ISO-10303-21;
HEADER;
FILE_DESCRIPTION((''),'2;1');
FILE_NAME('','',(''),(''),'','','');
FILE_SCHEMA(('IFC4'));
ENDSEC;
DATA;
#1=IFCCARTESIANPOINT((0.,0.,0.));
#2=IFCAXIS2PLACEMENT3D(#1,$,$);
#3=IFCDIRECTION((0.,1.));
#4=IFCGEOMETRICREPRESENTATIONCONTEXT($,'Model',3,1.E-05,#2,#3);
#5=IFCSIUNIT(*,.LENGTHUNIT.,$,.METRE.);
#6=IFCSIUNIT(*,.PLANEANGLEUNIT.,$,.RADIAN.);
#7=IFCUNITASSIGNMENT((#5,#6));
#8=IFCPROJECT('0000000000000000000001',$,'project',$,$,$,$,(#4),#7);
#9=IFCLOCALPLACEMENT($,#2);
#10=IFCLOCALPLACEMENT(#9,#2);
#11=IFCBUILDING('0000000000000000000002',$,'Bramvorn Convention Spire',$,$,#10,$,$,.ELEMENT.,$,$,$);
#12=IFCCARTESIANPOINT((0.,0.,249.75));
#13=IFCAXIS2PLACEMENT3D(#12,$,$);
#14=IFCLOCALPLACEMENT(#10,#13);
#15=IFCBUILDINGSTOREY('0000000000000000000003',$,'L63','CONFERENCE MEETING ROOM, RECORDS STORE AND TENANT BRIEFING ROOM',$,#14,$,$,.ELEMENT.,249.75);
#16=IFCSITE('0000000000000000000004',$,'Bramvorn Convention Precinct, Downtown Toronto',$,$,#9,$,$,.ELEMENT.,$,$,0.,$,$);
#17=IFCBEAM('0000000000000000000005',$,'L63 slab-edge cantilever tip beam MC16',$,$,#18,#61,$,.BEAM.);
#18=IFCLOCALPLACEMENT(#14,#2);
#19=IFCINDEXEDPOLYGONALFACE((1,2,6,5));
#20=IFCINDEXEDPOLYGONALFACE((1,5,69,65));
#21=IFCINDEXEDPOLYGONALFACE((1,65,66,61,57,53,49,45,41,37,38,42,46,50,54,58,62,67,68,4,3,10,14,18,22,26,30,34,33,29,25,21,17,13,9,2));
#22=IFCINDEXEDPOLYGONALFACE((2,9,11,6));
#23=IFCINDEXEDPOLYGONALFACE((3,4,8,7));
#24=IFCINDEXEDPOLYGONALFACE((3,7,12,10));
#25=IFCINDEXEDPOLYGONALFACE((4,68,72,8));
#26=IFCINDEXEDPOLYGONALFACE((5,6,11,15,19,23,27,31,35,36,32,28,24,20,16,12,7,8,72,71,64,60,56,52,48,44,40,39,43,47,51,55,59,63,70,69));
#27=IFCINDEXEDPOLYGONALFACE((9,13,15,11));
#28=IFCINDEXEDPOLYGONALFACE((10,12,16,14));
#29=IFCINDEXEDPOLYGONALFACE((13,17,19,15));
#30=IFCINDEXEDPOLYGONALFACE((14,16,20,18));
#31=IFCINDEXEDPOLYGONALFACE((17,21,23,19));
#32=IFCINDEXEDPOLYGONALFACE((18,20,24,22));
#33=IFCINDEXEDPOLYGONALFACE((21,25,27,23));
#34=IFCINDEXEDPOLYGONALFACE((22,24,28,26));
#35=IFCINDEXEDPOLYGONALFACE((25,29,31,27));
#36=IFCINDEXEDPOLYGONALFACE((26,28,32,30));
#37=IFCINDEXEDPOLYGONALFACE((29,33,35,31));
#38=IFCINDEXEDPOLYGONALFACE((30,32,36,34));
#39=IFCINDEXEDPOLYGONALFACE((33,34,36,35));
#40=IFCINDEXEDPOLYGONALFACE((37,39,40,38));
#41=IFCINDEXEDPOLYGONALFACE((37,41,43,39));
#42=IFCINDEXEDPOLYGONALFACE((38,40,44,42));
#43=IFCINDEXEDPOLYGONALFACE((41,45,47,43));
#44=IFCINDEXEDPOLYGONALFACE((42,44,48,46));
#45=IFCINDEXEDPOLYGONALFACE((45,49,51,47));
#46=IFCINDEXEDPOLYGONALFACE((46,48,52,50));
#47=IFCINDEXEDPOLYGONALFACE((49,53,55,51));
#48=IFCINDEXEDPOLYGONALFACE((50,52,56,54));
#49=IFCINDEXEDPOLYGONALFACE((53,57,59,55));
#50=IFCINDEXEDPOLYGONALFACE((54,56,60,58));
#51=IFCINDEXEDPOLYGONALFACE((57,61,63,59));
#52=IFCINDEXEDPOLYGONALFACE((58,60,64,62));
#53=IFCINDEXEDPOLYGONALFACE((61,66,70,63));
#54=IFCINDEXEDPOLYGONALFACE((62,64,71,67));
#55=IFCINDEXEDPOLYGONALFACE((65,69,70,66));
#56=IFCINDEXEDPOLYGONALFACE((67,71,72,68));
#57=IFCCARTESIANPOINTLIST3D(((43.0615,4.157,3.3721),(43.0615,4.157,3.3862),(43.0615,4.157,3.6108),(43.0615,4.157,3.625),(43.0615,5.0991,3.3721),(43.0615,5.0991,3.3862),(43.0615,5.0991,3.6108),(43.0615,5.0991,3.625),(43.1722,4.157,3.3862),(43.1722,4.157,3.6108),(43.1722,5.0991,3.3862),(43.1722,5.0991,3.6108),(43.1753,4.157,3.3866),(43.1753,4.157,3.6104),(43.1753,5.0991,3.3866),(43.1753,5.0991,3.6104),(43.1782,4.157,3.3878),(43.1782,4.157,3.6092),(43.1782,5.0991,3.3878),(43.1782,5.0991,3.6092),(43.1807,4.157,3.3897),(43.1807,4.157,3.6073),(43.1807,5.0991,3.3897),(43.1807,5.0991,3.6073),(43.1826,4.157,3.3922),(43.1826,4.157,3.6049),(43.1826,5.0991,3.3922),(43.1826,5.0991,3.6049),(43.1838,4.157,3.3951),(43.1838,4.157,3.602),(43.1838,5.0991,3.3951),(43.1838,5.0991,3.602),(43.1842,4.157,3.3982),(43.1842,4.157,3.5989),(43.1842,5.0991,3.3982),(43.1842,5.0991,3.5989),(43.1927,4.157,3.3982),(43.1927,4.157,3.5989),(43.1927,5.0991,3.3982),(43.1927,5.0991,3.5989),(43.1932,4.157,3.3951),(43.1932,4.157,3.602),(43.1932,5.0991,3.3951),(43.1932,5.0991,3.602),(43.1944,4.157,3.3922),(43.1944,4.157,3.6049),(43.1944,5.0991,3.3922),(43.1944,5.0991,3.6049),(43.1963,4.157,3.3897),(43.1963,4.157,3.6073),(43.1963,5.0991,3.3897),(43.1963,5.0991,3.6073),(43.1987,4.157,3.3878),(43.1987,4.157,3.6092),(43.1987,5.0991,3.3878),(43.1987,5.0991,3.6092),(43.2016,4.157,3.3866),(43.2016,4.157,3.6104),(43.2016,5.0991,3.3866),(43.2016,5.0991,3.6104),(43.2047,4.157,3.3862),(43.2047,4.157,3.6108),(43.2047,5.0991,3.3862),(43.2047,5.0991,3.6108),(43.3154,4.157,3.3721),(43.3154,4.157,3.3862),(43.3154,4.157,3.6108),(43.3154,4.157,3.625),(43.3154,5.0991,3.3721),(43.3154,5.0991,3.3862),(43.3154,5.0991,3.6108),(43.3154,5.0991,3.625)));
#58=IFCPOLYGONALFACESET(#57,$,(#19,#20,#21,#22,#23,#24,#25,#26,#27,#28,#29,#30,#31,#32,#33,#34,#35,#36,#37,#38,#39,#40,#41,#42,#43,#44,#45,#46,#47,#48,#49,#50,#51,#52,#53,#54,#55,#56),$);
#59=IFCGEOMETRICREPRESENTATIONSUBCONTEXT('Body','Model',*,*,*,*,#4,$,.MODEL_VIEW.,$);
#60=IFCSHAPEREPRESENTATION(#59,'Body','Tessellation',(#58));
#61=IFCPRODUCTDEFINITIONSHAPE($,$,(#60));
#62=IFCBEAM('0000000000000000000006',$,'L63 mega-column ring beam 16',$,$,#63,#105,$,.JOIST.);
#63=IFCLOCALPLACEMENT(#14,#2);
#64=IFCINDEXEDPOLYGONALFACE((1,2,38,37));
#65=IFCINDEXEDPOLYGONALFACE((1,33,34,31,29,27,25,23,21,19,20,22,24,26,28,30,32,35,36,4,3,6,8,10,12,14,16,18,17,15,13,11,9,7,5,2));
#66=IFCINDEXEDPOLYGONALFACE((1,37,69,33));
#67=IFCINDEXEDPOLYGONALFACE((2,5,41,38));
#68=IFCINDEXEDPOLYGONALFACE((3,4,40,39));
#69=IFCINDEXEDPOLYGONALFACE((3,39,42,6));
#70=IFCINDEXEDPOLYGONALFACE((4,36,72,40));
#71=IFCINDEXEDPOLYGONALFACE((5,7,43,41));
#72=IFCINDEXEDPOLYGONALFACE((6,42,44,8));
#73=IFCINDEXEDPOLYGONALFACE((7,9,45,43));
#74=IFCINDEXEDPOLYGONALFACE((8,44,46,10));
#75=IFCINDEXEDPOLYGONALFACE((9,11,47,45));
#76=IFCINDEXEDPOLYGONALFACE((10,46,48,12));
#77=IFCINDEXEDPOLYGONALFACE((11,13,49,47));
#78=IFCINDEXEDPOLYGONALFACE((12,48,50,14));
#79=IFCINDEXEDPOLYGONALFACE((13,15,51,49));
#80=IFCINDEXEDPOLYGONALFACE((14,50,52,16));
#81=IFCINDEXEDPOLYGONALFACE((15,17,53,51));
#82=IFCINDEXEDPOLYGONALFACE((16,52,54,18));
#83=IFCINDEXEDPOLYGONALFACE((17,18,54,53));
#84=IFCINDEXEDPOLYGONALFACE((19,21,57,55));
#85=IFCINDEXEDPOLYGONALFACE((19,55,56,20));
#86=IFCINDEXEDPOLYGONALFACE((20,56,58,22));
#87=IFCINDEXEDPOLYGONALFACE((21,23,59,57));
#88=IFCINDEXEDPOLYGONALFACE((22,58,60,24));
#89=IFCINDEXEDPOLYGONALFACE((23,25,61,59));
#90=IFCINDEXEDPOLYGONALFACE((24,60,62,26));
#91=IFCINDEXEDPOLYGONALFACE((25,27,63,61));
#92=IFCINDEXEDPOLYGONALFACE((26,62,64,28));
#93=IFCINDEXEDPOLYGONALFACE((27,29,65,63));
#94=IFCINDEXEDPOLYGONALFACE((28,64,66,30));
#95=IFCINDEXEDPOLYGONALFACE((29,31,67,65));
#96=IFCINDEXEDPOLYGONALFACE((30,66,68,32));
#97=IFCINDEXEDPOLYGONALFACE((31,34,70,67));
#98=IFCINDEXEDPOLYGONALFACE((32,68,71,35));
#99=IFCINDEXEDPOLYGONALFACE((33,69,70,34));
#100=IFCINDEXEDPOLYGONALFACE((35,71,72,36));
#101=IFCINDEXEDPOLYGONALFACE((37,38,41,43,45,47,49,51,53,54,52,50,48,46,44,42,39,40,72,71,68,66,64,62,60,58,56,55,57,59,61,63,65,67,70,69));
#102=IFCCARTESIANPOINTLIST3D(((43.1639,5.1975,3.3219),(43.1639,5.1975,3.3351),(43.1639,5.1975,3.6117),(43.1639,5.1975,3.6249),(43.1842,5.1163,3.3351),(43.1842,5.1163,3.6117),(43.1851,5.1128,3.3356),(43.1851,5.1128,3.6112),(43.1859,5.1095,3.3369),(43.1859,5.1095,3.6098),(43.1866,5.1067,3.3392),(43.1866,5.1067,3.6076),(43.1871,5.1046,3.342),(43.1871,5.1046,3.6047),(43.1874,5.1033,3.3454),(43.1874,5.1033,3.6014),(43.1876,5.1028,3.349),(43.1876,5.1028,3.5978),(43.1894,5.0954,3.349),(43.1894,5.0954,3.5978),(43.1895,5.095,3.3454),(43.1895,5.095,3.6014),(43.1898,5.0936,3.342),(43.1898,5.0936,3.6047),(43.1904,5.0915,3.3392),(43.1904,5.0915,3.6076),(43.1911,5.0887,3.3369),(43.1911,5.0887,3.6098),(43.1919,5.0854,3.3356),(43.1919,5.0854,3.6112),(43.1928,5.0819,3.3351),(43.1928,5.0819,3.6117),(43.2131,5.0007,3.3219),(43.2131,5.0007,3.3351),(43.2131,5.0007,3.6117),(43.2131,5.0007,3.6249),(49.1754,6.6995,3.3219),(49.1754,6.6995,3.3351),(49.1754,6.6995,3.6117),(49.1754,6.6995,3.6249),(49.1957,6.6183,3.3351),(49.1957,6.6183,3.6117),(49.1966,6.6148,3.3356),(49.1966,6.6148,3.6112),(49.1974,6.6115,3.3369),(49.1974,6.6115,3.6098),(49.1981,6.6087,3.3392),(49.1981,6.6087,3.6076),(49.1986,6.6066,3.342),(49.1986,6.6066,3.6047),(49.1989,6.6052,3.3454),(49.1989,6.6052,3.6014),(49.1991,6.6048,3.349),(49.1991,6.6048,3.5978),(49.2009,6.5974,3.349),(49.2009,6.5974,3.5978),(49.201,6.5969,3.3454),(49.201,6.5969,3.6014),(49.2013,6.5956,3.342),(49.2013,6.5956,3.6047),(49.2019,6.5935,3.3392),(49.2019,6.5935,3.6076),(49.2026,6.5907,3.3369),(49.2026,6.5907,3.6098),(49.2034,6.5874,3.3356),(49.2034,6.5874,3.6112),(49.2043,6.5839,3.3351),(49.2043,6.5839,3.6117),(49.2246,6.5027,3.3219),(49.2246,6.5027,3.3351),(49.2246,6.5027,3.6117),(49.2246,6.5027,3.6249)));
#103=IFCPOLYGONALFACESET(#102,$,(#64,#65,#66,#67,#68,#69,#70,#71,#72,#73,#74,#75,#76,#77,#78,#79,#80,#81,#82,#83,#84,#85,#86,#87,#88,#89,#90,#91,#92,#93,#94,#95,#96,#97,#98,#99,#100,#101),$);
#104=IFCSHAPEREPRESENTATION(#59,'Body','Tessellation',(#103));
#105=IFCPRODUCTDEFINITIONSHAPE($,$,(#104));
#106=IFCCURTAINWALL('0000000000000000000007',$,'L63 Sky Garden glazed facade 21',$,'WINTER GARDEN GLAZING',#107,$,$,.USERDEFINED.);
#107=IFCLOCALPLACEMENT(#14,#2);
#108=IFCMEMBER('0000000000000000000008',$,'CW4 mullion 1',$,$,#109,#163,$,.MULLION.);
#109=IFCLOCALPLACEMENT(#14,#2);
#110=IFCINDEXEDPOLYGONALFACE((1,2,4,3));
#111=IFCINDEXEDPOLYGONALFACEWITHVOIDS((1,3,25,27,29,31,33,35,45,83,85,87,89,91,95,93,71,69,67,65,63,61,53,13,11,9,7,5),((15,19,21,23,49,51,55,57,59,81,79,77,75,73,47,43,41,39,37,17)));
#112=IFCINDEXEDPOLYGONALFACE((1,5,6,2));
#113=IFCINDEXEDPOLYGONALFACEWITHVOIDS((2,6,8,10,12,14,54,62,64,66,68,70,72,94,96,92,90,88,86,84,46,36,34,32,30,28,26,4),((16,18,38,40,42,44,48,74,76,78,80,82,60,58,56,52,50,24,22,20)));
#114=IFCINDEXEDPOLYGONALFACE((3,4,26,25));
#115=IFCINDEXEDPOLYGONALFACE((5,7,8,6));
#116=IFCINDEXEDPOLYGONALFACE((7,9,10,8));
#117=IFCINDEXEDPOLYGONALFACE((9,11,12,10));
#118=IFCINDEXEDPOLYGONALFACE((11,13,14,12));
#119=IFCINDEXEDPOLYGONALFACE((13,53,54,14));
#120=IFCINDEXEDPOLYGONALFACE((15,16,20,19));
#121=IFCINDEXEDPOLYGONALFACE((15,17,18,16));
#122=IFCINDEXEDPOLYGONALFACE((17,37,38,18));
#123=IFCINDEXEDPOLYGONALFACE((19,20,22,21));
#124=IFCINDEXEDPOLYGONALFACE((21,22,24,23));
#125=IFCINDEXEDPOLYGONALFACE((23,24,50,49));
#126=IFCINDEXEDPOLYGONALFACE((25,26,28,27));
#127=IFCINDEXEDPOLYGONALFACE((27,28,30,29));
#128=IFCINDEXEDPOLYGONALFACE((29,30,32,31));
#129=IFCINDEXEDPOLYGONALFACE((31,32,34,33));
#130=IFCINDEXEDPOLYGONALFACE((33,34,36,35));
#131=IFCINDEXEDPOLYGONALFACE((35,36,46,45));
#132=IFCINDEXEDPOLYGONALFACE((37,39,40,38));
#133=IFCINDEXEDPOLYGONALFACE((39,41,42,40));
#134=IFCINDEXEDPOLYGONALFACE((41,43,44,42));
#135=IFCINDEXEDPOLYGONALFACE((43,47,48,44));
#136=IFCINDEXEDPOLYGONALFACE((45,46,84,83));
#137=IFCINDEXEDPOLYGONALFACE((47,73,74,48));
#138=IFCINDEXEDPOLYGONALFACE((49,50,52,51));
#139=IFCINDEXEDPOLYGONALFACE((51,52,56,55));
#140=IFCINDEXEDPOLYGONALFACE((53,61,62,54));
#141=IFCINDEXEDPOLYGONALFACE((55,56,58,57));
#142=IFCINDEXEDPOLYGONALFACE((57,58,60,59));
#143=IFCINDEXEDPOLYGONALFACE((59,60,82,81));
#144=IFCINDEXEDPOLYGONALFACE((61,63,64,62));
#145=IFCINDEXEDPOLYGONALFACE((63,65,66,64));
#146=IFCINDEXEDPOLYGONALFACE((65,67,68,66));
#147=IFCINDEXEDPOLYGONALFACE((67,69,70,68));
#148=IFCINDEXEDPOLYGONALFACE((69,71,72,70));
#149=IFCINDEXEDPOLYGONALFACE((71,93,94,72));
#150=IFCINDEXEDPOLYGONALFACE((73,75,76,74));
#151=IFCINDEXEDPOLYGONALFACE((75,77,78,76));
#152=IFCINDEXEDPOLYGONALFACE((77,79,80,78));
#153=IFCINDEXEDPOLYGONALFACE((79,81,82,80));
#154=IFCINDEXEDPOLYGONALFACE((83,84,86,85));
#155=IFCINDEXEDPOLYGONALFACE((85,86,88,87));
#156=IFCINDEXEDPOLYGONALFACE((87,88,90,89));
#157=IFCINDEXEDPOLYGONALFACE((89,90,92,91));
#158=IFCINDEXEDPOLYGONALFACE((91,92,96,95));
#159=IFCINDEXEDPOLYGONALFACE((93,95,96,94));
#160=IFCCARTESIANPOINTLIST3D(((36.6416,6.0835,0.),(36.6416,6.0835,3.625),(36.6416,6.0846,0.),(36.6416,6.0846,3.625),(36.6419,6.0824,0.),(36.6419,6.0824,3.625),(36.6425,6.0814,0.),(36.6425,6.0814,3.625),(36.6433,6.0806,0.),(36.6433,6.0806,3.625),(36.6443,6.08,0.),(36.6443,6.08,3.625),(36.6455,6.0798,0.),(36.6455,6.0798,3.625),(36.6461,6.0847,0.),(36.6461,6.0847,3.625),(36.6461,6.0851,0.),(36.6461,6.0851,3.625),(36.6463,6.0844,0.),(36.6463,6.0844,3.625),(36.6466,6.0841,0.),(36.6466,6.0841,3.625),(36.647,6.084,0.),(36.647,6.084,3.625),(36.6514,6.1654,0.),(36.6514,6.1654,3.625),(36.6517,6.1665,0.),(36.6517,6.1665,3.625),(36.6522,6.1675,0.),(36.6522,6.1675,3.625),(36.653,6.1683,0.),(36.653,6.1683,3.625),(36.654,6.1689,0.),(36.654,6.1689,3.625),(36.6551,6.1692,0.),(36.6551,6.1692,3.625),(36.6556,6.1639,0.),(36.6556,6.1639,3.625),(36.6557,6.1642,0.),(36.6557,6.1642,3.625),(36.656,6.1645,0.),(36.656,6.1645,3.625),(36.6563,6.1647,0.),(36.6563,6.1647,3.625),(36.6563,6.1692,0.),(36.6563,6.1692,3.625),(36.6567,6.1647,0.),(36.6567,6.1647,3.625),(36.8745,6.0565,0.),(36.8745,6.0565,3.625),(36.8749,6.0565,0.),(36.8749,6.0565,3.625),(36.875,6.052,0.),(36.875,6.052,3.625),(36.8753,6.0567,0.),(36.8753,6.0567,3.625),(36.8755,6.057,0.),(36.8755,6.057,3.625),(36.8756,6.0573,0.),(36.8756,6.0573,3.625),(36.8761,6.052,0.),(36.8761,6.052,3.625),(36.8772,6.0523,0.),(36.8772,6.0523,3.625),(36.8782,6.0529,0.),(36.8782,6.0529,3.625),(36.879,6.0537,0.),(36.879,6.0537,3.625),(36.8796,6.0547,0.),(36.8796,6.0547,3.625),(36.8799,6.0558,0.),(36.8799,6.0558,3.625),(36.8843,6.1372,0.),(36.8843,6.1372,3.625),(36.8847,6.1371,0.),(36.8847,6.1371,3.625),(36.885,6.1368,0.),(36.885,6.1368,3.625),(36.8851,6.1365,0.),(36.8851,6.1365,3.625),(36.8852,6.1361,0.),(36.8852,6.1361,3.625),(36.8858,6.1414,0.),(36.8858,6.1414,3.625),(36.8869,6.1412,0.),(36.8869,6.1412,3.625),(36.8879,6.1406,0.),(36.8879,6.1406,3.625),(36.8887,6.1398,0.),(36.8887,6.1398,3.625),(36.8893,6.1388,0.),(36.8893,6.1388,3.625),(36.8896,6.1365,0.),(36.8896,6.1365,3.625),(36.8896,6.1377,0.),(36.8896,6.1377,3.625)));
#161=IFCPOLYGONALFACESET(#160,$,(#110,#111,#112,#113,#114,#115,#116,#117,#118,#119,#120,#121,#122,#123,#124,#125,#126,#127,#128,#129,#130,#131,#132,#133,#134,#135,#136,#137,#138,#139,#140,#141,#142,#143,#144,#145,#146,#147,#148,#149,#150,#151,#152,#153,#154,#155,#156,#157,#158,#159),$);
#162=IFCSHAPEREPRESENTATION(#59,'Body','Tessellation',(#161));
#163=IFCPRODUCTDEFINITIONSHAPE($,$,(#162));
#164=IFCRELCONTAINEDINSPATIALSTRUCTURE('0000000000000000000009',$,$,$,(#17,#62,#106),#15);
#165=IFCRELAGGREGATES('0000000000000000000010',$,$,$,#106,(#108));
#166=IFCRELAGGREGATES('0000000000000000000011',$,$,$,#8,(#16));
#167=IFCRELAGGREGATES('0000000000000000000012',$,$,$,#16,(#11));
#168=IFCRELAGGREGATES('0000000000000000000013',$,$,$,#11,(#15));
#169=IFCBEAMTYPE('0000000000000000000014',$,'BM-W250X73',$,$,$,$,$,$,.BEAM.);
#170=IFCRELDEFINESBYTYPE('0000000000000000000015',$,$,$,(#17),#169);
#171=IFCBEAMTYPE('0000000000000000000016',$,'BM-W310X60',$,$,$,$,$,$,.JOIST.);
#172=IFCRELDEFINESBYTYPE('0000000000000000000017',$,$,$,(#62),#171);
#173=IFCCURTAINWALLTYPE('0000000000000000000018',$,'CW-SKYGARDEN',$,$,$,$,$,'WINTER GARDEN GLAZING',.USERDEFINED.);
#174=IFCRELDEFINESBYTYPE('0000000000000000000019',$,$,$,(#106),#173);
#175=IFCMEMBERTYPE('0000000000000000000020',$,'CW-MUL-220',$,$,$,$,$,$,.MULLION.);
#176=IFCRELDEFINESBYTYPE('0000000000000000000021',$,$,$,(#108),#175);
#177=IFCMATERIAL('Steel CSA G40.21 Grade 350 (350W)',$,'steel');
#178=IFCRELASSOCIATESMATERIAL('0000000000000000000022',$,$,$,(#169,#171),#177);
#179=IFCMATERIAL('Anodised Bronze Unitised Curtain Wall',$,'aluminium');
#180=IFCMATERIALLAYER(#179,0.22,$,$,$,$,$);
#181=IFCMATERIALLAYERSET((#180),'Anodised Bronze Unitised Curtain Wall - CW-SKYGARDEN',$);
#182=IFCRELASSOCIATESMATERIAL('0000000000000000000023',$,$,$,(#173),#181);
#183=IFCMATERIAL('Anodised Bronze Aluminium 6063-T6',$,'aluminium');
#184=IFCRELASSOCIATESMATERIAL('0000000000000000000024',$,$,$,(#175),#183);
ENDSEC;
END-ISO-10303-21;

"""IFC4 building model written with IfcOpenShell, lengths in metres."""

from ifc_helpers import new_model, si_unit, direction, frame, origin, origin_2d, place, context, subcontext, project, spatial, hollow_rectangle, i_section, extrude, material, layer, layer_set, material_profile, profile_set, type_object, element, aggregate, save


model = new_model("IFC4")

# Units and contexts
model_context = context("Model", 3, precision=1e-05, world=origin(), true_north=direction((0.0, 1.0)))
body_context = subcontext(model_context, "Body", "Model", "MODEL_VIEW")
ifc_project = project(units=[si_unit("LENGTHUNIT", "METRE"), si_unit("PLANEANGLEUNIT", "RADIAN")], contexts=[model_context])

# Site, building, storey
site_placement = place(None, origin())
site = spatial("IfcSite", under=ifc_project, at=site_placement, Name="Bramvorn Convention Precinct, Downtown Toronto", CompositionType="ELEMENT", RefElevation=0.0)
building_placement = place(site_placement, origin())
building = spatial("IfcBuilding", under=site, at=building_placement, Name="Bramvorn Convention Spire", CompositionType="ELEMENT")
storey_placement = place(building_placement, frame((0.0, 0.0, 249.75)))
storey = spatial("IfcBuildingStorey", under=building, at=storey_placement, Name="L63", Description="CONFERENCE MEETING ROOM, RECORDS STORE AND TENANT BRIEFING ROOM", CompositionType="ELEMENT", Elevation=249.75)

# Shared definitions
ifc_material_1 = material(Name="Steel CSA G40.21 Grade 350 (350W)", Category="steel")

# Beams
ifc_material_profile_1 = material_profile(ifc_material_1, i_section(OverallWidth=0.2539, OverallDepth=0.2529, WebThickness=0.0085, FlangeThickness=0.0142, FilletRadius=0.012, at=origin_2d()))
ifc_profile_set_1 = profile_set([ifc_material_profile_1], Name="Steel CSA G40.21 Grade 350 (350W) - W250X73")
beam_type_1 = type_object("IfcBeamType", Name="BM-W250X73", PredefinedType="BEAM", material=ifc_profile_set_1)
beam_1_placement = place(storey_placement, frame((43.1885, 5.0991, 3.4985), z_axis=(0.0, -1.0, 0.0), x_axis=(1.0, 0.0, 0.0)))
element("IfcBeam", 1, at=beam_1_placement, inside=storey, type_object=beam_type_1, Name="L63 slab-edge cantilever tip beam MC16", PredefinedType="BEAM", context=body_context, shape_type="SweptSolid", body=[
    extrude(i_section(OverallWidth=0.2539, OverallDepth=0.2529, WebThickness=0.0085, FlangeThickness=0.0142, FilletRadius=0.012, at=origin_2d()), origin(), (0.0, 0.0, 1.0), 0.9421),
])
ifc_material_profile_2 = material_profile(ifc_material_1, i_section(OverallWidth=0.2029, OverallDepth=0.303, WebThickness=0.0076, FlangeThickness=0.0132, FilletRadius=0.0139, at=origin_2d()))
ifc_profile_set_2 = profile_set([ifc_material_profile_2], Name="Steel CSA G40.21 Grade 350 (350W) - W310X60")
beam_type_2 = type_object("IfcBeamType", Name="BM-W310X60", PredefinedType="JOIST", material=ifc_profile_set_2)
beam_2_placement = place(storey_placement, frame((43.1885, 5.0991, 3.4734), z_axis=(0.970177, 0.242397, 0.0), x_axis=(-0.242397, 0.970177, 0.0)))
element("IfcBeam", 2, at=beam_2_placement, inside=storey, type_object=beam_type_2, Name="L63 mega-column ring beam 16", PredefinedType="JOIST", context=body_context, shape_type="SweptSolid", body=[
    extrude(i_section(OverallWidth=0.2029, OverallDepth=0.303, WebThickness=0.0076, FlangeThickness=0.0132, FilletRadius=0.0139, at=origin_2d()), origin(), (0.0, 0.0, 1.0), 6.1963),
])

# Curtain wall, member
ifc_material_2 = material(Name="Anodised Bronze Unitised Curtain Wall", Category="aluminium")
ifc_layer_1 = layer(ifc_material_2, 0.22)
ifc_layer_set_1 = layer_set([ifc_layer_1], Name="Anodised Bronze Unitised Curtain Wall - CW-SKYGARDEN")
curtain_wall_type = type_object("IfcCurtainWallType", Name="CW-SKYGARDEN", ElementType="WINTER GARDEN GLAZING", PredefinedType="USERDEFINED", material=ifc_layer_set_1)
curtain_wall_1_placement = place(storey_placement, origin())
curtain_wall_1 = element("IfcCurtainWall", 3, at=curtain_wall_1_placement, inside=storey, type_object=curtain_wall_type, Name="L63 Sky Garden glazed facade 21", ObjectType="WINTER GARDEN GLAZING", PredefinedType="USERDEFINED")
ifc_material_3 = material(Name="Anodised Bronze Aluminium 6063-T6", Category="aluminium")
ifc_material_profile_3 = material_profile(ifc_material_3, hollow_rectangle(XDim=0.0901, YDim=0.24, WallThickness=0.0044, InnerFilletRadius=0.001, OuterFilletRadius=0.0044, at=origin_2d()))
ifc_profile_set_3 = profile_set([ifc_material_profile_3], Name="Anodised Bronze Aluminium 6063-T6 - CWM90X240")
member_type_1 = type_object("IfcMemberType", Name="CW-MUL-220", PredefinedType="MULLION", material=ifc_profile_set_3)
member_1_placement = place(storey_placement, frame((36.7656, 6.1106, 0.0), z_axis=(0.0, 0.0, 1.0), x_axis=(-0.120018, -0.992772, 0.0)))
member_1 = element("IfcMember", 4, at=member_1_placement, type_object=member_type_1, Name="CW4 mullion 1", PredefinedType="MULLION", context=body_context, shape_type="SweptSolid", body=[
    extrude(hollow_rectangle(XDim=0.0901, YDim=0.24, WallThickness=0.0044, InnerFilletRadius=0.001, OuterFilletRadius=0.0044, at=origin_2d()), origin(), (0.0, 0.0, 1.0), 3.625),
])

aggregate(curtain_wall_1, [member_1])

save(model, "model.ifc")
